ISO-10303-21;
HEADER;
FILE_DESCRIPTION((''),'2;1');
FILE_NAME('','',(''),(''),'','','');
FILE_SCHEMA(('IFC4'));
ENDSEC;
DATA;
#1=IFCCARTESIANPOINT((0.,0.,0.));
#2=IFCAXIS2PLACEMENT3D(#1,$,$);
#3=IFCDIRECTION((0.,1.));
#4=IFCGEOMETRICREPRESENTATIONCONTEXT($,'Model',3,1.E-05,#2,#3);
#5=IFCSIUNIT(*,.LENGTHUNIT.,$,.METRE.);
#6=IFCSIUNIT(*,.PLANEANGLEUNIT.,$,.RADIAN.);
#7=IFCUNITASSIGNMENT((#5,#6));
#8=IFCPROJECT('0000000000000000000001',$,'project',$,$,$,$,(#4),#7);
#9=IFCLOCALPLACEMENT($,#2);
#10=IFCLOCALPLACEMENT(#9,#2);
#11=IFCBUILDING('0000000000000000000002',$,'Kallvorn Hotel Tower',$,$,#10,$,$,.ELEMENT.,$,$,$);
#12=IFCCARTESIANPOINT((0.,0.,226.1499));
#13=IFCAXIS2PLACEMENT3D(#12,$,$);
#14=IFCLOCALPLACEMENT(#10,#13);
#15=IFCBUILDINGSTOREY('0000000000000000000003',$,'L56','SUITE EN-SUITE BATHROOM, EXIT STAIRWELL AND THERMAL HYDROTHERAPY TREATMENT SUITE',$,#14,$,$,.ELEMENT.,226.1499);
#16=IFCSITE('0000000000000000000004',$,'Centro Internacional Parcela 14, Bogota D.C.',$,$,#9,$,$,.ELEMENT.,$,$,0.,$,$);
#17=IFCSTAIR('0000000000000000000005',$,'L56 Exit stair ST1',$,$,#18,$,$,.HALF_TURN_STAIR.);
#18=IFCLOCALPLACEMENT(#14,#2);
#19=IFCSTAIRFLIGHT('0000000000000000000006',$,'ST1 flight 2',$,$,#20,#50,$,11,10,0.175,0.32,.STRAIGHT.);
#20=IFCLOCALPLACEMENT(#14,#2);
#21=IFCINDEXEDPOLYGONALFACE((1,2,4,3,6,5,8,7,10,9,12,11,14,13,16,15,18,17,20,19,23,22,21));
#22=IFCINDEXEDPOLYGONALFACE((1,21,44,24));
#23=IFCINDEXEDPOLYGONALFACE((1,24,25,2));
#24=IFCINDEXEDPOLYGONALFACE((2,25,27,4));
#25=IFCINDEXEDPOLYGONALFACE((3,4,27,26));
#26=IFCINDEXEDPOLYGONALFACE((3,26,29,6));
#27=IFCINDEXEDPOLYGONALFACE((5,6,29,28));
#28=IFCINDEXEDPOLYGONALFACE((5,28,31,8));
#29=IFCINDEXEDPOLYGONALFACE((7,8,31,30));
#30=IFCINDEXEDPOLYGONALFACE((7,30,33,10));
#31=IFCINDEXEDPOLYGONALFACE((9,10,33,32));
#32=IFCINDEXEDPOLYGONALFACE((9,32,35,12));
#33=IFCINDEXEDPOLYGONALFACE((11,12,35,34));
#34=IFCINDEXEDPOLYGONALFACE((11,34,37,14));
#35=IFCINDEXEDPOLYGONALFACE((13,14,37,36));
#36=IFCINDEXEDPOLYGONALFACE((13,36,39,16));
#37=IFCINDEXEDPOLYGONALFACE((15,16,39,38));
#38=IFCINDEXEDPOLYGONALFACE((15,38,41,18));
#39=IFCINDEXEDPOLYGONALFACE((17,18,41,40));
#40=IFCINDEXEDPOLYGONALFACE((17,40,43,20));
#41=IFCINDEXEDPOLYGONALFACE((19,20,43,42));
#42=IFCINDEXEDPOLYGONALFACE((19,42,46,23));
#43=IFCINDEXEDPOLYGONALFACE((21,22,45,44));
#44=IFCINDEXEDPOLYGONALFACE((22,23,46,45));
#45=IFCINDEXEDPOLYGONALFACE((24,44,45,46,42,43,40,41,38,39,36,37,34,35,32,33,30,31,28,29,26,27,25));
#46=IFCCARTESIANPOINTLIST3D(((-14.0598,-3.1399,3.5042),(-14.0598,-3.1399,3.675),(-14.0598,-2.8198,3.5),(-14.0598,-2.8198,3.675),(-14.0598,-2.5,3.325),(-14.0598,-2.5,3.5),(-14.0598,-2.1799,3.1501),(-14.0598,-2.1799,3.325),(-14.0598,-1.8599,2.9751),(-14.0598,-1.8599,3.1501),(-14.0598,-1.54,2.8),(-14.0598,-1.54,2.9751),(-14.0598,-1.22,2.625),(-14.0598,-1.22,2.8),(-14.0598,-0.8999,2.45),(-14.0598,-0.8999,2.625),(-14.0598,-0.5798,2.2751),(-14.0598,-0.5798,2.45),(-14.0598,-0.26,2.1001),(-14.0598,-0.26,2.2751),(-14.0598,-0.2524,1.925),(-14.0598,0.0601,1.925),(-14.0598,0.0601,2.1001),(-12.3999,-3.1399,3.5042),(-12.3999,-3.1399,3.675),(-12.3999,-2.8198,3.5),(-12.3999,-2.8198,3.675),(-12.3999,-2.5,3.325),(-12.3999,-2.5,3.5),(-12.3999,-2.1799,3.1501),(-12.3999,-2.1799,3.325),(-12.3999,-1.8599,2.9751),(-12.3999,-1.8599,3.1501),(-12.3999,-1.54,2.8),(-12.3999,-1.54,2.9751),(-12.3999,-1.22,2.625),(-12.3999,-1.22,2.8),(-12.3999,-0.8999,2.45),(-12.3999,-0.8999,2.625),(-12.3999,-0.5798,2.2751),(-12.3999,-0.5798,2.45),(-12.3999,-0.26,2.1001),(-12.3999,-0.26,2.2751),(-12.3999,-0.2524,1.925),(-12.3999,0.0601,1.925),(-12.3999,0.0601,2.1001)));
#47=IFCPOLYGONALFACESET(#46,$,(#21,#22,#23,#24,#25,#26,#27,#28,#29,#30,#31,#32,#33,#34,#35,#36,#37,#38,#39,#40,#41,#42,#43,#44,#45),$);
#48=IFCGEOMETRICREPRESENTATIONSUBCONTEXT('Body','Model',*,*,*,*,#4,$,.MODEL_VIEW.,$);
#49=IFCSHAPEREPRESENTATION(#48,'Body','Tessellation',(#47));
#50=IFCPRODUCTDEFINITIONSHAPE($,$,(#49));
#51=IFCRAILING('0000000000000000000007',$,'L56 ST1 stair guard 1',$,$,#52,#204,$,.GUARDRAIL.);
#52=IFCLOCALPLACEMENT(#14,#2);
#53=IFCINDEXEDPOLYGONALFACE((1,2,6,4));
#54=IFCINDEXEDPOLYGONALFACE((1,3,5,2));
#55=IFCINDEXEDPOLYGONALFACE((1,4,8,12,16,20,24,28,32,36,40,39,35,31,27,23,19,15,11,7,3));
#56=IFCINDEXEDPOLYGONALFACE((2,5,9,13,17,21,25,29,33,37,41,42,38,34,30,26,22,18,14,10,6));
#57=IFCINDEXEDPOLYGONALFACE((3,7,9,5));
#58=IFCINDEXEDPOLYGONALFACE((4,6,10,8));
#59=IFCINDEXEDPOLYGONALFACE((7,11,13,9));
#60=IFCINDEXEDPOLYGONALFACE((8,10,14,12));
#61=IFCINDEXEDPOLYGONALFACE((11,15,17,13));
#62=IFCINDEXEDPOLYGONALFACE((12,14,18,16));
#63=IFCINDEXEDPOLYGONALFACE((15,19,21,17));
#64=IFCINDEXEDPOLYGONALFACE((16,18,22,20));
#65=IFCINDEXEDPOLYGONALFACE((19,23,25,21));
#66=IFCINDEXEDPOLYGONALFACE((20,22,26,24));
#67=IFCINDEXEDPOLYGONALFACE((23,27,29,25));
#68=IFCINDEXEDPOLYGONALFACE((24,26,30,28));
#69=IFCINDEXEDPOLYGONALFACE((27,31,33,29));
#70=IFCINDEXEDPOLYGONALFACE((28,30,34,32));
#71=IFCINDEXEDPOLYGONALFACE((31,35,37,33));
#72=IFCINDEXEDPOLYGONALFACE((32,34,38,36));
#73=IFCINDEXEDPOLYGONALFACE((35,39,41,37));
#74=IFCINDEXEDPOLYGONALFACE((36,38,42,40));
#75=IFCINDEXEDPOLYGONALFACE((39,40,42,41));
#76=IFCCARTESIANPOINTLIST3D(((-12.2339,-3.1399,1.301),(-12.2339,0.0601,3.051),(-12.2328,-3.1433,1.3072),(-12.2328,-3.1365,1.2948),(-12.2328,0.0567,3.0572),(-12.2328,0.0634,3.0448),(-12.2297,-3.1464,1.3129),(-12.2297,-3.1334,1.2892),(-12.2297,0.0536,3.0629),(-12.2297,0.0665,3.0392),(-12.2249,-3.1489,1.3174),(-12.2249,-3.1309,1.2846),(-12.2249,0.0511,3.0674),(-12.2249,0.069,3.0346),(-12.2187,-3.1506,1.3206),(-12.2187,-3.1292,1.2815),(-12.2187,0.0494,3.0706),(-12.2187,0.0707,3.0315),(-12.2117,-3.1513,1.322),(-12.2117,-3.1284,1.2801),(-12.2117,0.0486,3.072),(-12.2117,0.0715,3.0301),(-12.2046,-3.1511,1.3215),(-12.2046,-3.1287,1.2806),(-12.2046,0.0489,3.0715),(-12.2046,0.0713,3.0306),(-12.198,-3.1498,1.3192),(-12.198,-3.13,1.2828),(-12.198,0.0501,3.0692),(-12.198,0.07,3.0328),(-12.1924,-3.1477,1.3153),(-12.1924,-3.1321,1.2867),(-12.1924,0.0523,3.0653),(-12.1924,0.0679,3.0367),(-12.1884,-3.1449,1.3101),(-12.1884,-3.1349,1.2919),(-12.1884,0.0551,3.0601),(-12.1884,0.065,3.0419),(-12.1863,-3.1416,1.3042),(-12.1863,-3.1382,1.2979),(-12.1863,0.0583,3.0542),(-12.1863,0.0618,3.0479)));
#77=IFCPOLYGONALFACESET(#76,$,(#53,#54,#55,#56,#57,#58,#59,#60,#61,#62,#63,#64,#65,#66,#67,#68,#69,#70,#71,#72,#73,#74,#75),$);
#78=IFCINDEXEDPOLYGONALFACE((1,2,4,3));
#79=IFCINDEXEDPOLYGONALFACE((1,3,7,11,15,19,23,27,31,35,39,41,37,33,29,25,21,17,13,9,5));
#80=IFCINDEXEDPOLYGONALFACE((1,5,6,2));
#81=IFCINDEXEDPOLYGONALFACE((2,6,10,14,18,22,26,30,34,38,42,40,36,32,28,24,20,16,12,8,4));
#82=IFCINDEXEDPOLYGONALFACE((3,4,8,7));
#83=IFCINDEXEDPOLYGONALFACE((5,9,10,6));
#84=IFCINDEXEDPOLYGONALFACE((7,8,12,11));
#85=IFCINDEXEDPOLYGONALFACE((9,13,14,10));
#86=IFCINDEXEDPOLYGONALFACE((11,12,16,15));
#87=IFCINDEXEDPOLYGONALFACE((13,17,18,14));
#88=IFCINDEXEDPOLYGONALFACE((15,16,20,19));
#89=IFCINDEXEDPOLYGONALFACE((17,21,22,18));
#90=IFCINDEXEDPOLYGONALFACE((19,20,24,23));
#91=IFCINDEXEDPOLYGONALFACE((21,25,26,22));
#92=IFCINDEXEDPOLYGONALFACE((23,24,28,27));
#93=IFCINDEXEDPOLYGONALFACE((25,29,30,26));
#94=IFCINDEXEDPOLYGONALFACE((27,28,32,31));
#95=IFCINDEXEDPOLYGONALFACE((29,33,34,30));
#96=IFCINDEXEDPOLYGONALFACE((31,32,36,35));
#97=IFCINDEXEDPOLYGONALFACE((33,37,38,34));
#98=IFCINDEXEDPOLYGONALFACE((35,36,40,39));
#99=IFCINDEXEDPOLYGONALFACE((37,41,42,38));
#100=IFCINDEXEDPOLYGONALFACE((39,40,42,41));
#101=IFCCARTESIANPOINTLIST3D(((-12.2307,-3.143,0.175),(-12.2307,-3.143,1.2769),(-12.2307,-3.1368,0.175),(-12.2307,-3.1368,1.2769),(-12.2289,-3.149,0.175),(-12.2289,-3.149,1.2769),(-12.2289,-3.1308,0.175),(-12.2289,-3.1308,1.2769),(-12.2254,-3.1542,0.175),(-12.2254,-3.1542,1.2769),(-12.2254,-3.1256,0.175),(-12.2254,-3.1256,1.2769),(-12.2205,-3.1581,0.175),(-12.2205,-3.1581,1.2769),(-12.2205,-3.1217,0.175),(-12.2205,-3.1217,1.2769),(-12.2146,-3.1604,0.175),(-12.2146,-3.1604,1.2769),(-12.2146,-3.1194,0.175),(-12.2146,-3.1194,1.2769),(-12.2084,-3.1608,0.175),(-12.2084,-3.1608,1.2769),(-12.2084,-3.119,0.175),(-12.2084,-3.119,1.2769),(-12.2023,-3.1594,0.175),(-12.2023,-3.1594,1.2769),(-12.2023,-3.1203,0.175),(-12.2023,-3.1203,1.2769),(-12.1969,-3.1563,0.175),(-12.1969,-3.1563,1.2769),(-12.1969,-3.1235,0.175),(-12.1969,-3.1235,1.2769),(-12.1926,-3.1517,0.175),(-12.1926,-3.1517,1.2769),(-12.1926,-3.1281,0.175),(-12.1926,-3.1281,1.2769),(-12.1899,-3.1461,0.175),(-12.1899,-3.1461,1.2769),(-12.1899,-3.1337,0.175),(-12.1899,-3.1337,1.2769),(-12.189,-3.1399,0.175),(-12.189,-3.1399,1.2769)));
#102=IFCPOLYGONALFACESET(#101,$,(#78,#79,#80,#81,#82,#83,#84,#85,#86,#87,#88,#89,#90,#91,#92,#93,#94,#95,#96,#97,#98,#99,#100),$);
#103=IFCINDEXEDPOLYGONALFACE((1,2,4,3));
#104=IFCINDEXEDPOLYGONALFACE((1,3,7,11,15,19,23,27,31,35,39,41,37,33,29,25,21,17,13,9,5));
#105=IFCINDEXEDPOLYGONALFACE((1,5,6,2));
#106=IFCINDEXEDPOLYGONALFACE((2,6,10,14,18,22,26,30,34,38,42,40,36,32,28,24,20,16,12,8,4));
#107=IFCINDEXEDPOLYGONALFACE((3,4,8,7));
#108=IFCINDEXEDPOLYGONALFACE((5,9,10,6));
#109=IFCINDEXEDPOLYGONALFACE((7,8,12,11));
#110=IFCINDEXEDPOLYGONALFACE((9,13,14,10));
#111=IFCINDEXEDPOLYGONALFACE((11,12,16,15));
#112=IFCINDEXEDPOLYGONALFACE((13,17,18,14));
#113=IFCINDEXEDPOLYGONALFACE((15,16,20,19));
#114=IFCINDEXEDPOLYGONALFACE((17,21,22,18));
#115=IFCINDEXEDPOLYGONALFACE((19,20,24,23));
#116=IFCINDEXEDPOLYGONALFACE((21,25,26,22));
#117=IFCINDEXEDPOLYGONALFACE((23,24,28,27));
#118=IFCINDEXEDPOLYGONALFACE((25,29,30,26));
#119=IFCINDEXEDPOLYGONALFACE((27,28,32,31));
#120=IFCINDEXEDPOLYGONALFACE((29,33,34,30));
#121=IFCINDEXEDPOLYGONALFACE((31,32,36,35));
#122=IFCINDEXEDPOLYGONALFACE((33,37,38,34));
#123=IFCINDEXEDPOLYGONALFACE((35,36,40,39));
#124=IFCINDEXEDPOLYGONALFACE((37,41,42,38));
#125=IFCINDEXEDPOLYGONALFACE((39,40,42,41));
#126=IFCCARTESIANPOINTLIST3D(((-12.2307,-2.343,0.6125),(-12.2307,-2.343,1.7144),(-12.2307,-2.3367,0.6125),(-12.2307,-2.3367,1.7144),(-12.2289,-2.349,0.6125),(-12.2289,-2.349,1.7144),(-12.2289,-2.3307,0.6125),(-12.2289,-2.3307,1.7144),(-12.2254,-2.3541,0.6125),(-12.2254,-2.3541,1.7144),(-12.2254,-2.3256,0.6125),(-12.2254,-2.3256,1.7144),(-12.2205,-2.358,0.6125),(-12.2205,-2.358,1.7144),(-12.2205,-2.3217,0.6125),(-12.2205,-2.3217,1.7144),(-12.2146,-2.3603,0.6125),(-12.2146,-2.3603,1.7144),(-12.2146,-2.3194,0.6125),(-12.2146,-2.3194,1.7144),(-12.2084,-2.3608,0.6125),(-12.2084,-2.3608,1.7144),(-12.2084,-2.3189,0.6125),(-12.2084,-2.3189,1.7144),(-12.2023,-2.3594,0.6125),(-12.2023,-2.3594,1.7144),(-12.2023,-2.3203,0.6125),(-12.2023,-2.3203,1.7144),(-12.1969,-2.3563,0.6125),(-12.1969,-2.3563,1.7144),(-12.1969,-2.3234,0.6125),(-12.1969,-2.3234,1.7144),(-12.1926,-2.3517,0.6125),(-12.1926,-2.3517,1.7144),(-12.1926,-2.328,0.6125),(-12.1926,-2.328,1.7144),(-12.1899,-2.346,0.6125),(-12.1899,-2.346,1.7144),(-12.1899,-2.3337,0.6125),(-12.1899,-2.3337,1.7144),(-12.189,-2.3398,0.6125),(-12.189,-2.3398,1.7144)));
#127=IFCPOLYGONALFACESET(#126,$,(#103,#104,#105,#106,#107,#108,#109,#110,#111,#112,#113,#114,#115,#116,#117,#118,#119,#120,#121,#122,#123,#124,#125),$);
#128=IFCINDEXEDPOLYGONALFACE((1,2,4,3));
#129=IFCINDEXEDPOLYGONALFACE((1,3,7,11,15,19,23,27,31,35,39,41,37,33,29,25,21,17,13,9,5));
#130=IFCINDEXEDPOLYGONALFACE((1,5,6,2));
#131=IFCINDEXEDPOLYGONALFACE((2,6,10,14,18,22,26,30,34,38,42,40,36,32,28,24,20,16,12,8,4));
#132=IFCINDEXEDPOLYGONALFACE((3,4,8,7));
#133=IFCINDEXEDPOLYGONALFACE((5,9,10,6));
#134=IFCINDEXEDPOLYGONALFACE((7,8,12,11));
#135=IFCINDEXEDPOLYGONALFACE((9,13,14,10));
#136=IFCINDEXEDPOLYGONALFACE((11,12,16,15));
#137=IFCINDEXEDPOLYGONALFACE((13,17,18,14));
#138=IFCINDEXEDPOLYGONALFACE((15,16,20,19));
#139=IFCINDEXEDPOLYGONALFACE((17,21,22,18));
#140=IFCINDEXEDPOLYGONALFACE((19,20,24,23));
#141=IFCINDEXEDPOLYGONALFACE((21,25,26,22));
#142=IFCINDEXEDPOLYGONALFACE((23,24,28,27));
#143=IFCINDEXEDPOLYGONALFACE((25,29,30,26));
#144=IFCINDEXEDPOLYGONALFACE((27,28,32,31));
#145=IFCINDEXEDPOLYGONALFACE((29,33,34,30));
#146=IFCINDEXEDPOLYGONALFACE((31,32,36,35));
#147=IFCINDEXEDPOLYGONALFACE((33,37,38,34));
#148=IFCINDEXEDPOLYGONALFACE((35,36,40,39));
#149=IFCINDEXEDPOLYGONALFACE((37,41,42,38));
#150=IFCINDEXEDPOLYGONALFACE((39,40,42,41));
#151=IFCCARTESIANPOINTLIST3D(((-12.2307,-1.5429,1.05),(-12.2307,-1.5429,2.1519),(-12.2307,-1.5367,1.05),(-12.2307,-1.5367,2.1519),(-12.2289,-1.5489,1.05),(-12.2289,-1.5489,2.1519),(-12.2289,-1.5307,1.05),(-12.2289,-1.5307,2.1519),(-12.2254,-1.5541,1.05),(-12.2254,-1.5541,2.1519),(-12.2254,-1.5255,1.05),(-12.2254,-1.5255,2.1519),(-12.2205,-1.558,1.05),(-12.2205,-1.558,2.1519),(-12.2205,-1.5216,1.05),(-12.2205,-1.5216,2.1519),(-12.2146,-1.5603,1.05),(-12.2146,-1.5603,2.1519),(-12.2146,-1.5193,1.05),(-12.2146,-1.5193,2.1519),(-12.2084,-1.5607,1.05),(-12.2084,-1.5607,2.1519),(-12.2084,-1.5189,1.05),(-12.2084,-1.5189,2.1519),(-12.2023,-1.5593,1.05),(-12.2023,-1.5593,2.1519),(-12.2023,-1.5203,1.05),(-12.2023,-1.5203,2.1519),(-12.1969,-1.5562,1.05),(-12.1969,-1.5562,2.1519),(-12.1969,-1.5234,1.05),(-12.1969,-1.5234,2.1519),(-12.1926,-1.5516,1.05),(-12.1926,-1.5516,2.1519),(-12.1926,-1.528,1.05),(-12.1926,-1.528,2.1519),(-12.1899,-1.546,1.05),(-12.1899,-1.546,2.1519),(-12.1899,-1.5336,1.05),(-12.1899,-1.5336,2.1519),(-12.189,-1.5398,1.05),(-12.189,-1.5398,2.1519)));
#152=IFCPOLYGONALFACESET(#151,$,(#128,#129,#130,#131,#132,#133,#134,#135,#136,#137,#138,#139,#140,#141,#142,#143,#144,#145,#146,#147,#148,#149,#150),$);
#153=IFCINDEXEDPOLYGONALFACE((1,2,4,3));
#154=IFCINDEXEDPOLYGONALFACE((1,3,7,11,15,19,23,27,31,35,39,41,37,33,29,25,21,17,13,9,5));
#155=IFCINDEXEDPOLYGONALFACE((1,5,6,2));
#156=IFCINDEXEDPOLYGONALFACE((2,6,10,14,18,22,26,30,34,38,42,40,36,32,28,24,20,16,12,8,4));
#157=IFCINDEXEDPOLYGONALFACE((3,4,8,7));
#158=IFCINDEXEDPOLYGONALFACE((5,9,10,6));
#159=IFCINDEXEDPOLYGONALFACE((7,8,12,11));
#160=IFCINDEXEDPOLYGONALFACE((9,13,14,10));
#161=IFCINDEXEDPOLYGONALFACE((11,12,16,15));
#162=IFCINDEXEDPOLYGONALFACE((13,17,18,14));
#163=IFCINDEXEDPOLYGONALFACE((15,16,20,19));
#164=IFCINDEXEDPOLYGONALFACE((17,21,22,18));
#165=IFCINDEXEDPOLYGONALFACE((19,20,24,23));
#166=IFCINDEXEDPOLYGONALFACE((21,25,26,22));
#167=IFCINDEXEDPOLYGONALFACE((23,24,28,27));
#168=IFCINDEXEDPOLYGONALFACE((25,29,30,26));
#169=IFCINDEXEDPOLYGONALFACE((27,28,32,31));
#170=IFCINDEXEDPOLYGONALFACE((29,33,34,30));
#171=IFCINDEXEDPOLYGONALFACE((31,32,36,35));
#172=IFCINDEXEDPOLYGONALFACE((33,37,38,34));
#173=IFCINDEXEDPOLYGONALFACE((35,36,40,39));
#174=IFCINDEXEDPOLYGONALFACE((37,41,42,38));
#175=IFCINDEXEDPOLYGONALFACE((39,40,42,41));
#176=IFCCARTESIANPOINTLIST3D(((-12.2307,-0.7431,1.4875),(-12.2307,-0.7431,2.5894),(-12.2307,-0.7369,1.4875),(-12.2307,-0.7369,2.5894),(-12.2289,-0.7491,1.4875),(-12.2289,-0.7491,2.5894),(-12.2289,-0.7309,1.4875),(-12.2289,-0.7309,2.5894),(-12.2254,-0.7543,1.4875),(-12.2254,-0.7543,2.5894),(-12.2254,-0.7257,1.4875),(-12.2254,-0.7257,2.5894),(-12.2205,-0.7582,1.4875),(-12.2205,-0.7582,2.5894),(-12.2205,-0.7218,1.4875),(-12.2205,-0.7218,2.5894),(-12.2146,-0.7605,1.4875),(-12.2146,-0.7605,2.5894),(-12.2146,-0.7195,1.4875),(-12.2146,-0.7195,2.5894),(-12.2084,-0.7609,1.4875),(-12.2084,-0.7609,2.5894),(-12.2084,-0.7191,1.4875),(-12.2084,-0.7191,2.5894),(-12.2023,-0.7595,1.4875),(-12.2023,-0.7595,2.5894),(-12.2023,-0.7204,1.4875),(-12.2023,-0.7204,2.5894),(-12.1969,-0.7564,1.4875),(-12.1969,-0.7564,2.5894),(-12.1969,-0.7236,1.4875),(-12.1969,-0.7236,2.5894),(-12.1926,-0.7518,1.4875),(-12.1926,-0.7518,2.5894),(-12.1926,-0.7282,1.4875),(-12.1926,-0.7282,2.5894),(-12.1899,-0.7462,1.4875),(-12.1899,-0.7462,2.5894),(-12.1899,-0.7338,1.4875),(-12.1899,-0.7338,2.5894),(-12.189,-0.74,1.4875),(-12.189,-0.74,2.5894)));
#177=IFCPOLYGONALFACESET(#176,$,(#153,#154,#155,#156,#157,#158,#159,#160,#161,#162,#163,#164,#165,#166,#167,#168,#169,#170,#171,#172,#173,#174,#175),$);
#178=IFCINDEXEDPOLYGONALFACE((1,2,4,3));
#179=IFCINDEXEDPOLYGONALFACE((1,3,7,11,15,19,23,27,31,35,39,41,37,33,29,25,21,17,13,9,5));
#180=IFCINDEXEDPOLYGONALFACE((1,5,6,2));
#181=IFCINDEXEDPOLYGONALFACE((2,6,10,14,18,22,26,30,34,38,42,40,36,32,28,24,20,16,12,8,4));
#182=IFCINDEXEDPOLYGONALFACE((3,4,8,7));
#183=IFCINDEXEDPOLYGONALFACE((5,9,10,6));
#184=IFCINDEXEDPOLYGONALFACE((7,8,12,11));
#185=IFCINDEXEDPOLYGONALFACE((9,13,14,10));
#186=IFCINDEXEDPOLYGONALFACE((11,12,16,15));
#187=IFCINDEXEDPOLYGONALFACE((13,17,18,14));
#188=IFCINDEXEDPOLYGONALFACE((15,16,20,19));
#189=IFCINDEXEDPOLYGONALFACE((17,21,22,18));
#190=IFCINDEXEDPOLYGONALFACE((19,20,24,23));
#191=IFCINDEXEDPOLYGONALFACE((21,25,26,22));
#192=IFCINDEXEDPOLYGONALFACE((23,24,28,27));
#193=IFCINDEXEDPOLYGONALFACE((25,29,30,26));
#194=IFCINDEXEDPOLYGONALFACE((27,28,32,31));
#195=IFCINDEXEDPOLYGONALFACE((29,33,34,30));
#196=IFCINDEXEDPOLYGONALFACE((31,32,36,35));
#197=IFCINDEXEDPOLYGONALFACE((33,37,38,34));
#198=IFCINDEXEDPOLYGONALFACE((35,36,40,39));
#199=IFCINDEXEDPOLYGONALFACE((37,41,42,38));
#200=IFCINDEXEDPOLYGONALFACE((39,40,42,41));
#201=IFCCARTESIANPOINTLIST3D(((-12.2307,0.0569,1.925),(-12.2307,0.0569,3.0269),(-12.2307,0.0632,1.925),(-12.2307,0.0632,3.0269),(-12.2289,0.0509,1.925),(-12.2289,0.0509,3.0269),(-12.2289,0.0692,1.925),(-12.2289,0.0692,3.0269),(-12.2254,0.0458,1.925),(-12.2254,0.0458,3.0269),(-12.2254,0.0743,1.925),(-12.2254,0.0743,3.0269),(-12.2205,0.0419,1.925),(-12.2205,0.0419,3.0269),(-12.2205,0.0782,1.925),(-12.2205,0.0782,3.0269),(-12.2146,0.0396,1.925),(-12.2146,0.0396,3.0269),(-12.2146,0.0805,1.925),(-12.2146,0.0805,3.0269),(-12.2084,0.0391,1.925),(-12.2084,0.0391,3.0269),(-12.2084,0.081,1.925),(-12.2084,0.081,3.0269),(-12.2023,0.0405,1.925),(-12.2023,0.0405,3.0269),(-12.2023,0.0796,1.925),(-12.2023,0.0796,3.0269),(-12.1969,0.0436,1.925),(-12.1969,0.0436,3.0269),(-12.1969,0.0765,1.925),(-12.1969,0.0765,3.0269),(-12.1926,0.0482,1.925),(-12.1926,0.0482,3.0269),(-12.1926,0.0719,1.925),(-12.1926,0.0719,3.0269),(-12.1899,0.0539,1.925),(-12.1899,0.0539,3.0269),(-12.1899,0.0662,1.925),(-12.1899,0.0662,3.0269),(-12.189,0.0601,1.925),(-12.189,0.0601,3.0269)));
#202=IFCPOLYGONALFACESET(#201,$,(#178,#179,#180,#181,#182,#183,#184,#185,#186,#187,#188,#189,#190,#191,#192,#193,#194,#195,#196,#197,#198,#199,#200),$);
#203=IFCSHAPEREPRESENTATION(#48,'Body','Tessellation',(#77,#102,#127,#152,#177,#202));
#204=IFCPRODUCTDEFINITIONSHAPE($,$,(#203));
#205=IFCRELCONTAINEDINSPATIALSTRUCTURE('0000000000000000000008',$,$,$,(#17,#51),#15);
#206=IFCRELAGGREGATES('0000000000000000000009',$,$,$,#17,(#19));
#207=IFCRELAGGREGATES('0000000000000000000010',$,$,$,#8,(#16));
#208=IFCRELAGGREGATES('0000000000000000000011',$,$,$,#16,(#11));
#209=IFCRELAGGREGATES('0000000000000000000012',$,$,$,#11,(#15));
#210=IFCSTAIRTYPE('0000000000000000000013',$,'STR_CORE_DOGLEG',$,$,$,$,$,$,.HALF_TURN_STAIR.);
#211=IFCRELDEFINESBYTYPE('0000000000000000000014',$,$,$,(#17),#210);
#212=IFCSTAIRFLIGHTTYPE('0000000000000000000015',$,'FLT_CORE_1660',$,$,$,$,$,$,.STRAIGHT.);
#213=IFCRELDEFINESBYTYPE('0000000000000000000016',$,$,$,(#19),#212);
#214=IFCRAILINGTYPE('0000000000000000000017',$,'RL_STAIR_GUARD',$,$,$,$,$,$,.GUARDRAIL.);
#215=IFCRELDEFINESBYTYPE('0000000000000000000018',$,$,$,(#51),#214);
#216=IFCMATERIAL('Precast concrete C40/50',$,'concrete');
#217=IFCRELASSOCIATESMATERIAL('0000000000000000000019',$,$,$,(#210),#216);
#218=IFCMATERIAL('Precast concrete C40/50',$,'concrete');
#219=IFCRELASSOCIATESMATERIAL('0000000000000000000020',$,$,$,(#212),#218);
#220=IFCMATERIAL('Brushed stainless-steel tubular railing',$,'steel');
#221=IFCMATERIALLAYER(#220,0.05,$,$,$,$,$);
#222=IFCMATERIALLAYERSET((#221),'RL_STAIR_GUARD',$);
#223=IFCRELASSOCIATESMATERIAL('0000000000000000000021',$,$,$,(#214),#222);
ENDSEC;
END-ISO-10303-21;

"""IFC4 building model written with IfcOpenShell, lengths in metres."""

from ifc_helpers import new_model, si_unit, direction, frame, origin, origin_2d, place, context, subcontext, project, spatial, polyline, circle, outline, extrude, material, layer, layer_set, type_object, element, aggregate, save


model = new_model("IFC4")

# Units and contexts
model_context = context("Model", 3, precision=1e-05, world=origin(), true_north=direction((0.0, 1.0)))
body_context = subcontext(model_context, "Body", "Model", "MODEL_VIEW")
ifc_project = project(units=[si_unit("LENGTHUNIT", "METRE"), si_unit("PLANEANGLEUNIT", "RADIAN")], contexts=[model_context])

# Site, building, storey
site_placement = place(None, origin())
site = spatial("IfcSite", under=ifc_project, at=site_placement, Name="Centro Internacional Parcela 14, Bogota D.C.", CompositionType="ELEMENT", RefElevation=0.0)
building_placement = place(site_placement, origin())
building = spatial("IfcBuilding", under=site, at=building_placement, Name="Kallvorn Hotel Tower", CompositionType="ELEMENT")
storey_placement = place(building_placement, frame((0.0, 0.0, 226.1499)))
storey = spatial("IfcBuildingStorey", under=building, at=storey_placement, Name="L56", Description="SUITE EN-SUITE BATHROOM, EXIT STAIRWELL AND THERMAL HYDROTHERAPY TREATMENT SUITE", CompositionType="ELEMENT", Elevation=226.1499)

# Stair, stair flight
ifc_material_1 = material(Name="Precast concrete C40/50", Category="concrete")
stair_type = type_object("IfcStairType", Name="STR_CORE_DOGLEG", PredefinedType="HALF_TURN_STAIR", material=ifc_material_1)
stair_placement = place(storey_placement, origin())
stair = element("IfcStair", 1, at=stair_placement, inside=storey, type_object=stair_type, Name="L56 Exit stair ST1", PredefinedType="HALF_TURN_STAIR")
ifc_material_2 = material(Name="Precast concrete C40/50", Category="concrete")
stair_flight_type = type_object("IfcStairFlightType", Name="FLT_CORE_1660", PredefinedType="STRAIGHT", material=ifc_material_2)
stair_flight_1_placement = place(storey_placement, frame((-13.23, 0.0601, 1.925), z_axis=(0.0, 0.0, 1.0), x_axis=(0.0, -1.0, 0.0)))
stair_flight_1 = element("IfcStairFlight", 2, at=stair_flight_1_placement, type_object=stair_flight_type, Name="ST1 flight 2", NumberOfRisers=11, NumberOfTreads=10, PredefinedType="STRAIGHT", RiserHeight=0.175, TreadLength=0.32, context=body_context, shape_type="SweptSolid", body=[
    extrude(outline(polyline([(0.0, 0.0), (0.0, 0.175), (0.3201, 0.175), (0.3201, 0.3501), (0.6399, 0.3501), (0.6399, 0.5249), (0.96, 0.5249), (0.96, 0.7), (1.28, 0.7), (1.28, 0.875), (1.6001, 0.875), (1.6001, 1.05), (1.9199, 1.05), (1.9199, 1.2251), (2.24, 1.2251), (2.24, 1.3999), (2.5601, 1.3999), (2.5601, 1.575), (2.8799, 1.575), (2.8799, 1.75), (3.2, 1.75), (3.2, 1.925), (3.2, 1.5791), (0.3125, 0.0), (0.0, 0.0)])), frame((0.0, 0.8301, 0.0), z_axis=(0.0, -1.0, 0.0), x_axis=(1.0, 0.0, 0.0)), (0.0, 0.0, 1.0), 1.6599),
])
aggregate(stair, [stair_flight_1])

# Railing
ifc_material_3 = material(Name="Brushed stainless-steel tubular railing", Category="steel")
ifc_layer_1 = layer(ifc_material_3, 0.05)
ifc_layer_set_1 = layer_set([ifc_layer_1], Name="RL_STAIR_GUARD")
railing_type_1 = type_object("IfcRailingType", Name="RL_STAIR_GUARD", PredefinedType="GUARDRAIL", material=ifc_layer_set_1)
railing_1_placement = place(storey_placement, frame((-12.21, -3.1399, 0.175)))
element("IfcRailing", 3, at=railing_1_placement, inside=storey, type_object=railing_type_1, Name="L56 ST1 stair guard 1", PredefinedType="GUARDRAIL", context=body_context, shape_type="SweptSolid", body=[
    extrude(circle(Radius=0.0239, at=origin_2d()), frame((0.0, 0.0, 1.126), z_axis=(0.0, 0.877368, 0.479818), x_axis=(-1.0, 0.0, 0.0)), (0.0, 0.0, 1.0), 3.6472),
    extrude(circle(Radius=0.021, at=origin_2d()), origin(), (0.0, 0.0, 1.0), 1.1018),
    extrude(circle(Radius=0.021, at=origin_2d()), frame((0.0, 0.8, 0.4375)), (0.0, 0.0, 1.0), 1.1018),
    extrude(circle(Radius=0.021, at=origin_2d()), frame((0.0, 1.6001, 0.875)), (0.0, 0.0, 1.0), 1.1018),
    extrude(circle(Radius=0.021, at=origin_2d()), frame((0.0, 2.3999, 1.3125)), (0.0, 0.0, 1.0), 1.1018),
    extrude(circle(Radius=0.021, at=origin_2d()), frame((0.0, 3.2, 1.75)), (0.0, 0.0, 1.0), 1.1018),
])

save(model, "model.ifc")
